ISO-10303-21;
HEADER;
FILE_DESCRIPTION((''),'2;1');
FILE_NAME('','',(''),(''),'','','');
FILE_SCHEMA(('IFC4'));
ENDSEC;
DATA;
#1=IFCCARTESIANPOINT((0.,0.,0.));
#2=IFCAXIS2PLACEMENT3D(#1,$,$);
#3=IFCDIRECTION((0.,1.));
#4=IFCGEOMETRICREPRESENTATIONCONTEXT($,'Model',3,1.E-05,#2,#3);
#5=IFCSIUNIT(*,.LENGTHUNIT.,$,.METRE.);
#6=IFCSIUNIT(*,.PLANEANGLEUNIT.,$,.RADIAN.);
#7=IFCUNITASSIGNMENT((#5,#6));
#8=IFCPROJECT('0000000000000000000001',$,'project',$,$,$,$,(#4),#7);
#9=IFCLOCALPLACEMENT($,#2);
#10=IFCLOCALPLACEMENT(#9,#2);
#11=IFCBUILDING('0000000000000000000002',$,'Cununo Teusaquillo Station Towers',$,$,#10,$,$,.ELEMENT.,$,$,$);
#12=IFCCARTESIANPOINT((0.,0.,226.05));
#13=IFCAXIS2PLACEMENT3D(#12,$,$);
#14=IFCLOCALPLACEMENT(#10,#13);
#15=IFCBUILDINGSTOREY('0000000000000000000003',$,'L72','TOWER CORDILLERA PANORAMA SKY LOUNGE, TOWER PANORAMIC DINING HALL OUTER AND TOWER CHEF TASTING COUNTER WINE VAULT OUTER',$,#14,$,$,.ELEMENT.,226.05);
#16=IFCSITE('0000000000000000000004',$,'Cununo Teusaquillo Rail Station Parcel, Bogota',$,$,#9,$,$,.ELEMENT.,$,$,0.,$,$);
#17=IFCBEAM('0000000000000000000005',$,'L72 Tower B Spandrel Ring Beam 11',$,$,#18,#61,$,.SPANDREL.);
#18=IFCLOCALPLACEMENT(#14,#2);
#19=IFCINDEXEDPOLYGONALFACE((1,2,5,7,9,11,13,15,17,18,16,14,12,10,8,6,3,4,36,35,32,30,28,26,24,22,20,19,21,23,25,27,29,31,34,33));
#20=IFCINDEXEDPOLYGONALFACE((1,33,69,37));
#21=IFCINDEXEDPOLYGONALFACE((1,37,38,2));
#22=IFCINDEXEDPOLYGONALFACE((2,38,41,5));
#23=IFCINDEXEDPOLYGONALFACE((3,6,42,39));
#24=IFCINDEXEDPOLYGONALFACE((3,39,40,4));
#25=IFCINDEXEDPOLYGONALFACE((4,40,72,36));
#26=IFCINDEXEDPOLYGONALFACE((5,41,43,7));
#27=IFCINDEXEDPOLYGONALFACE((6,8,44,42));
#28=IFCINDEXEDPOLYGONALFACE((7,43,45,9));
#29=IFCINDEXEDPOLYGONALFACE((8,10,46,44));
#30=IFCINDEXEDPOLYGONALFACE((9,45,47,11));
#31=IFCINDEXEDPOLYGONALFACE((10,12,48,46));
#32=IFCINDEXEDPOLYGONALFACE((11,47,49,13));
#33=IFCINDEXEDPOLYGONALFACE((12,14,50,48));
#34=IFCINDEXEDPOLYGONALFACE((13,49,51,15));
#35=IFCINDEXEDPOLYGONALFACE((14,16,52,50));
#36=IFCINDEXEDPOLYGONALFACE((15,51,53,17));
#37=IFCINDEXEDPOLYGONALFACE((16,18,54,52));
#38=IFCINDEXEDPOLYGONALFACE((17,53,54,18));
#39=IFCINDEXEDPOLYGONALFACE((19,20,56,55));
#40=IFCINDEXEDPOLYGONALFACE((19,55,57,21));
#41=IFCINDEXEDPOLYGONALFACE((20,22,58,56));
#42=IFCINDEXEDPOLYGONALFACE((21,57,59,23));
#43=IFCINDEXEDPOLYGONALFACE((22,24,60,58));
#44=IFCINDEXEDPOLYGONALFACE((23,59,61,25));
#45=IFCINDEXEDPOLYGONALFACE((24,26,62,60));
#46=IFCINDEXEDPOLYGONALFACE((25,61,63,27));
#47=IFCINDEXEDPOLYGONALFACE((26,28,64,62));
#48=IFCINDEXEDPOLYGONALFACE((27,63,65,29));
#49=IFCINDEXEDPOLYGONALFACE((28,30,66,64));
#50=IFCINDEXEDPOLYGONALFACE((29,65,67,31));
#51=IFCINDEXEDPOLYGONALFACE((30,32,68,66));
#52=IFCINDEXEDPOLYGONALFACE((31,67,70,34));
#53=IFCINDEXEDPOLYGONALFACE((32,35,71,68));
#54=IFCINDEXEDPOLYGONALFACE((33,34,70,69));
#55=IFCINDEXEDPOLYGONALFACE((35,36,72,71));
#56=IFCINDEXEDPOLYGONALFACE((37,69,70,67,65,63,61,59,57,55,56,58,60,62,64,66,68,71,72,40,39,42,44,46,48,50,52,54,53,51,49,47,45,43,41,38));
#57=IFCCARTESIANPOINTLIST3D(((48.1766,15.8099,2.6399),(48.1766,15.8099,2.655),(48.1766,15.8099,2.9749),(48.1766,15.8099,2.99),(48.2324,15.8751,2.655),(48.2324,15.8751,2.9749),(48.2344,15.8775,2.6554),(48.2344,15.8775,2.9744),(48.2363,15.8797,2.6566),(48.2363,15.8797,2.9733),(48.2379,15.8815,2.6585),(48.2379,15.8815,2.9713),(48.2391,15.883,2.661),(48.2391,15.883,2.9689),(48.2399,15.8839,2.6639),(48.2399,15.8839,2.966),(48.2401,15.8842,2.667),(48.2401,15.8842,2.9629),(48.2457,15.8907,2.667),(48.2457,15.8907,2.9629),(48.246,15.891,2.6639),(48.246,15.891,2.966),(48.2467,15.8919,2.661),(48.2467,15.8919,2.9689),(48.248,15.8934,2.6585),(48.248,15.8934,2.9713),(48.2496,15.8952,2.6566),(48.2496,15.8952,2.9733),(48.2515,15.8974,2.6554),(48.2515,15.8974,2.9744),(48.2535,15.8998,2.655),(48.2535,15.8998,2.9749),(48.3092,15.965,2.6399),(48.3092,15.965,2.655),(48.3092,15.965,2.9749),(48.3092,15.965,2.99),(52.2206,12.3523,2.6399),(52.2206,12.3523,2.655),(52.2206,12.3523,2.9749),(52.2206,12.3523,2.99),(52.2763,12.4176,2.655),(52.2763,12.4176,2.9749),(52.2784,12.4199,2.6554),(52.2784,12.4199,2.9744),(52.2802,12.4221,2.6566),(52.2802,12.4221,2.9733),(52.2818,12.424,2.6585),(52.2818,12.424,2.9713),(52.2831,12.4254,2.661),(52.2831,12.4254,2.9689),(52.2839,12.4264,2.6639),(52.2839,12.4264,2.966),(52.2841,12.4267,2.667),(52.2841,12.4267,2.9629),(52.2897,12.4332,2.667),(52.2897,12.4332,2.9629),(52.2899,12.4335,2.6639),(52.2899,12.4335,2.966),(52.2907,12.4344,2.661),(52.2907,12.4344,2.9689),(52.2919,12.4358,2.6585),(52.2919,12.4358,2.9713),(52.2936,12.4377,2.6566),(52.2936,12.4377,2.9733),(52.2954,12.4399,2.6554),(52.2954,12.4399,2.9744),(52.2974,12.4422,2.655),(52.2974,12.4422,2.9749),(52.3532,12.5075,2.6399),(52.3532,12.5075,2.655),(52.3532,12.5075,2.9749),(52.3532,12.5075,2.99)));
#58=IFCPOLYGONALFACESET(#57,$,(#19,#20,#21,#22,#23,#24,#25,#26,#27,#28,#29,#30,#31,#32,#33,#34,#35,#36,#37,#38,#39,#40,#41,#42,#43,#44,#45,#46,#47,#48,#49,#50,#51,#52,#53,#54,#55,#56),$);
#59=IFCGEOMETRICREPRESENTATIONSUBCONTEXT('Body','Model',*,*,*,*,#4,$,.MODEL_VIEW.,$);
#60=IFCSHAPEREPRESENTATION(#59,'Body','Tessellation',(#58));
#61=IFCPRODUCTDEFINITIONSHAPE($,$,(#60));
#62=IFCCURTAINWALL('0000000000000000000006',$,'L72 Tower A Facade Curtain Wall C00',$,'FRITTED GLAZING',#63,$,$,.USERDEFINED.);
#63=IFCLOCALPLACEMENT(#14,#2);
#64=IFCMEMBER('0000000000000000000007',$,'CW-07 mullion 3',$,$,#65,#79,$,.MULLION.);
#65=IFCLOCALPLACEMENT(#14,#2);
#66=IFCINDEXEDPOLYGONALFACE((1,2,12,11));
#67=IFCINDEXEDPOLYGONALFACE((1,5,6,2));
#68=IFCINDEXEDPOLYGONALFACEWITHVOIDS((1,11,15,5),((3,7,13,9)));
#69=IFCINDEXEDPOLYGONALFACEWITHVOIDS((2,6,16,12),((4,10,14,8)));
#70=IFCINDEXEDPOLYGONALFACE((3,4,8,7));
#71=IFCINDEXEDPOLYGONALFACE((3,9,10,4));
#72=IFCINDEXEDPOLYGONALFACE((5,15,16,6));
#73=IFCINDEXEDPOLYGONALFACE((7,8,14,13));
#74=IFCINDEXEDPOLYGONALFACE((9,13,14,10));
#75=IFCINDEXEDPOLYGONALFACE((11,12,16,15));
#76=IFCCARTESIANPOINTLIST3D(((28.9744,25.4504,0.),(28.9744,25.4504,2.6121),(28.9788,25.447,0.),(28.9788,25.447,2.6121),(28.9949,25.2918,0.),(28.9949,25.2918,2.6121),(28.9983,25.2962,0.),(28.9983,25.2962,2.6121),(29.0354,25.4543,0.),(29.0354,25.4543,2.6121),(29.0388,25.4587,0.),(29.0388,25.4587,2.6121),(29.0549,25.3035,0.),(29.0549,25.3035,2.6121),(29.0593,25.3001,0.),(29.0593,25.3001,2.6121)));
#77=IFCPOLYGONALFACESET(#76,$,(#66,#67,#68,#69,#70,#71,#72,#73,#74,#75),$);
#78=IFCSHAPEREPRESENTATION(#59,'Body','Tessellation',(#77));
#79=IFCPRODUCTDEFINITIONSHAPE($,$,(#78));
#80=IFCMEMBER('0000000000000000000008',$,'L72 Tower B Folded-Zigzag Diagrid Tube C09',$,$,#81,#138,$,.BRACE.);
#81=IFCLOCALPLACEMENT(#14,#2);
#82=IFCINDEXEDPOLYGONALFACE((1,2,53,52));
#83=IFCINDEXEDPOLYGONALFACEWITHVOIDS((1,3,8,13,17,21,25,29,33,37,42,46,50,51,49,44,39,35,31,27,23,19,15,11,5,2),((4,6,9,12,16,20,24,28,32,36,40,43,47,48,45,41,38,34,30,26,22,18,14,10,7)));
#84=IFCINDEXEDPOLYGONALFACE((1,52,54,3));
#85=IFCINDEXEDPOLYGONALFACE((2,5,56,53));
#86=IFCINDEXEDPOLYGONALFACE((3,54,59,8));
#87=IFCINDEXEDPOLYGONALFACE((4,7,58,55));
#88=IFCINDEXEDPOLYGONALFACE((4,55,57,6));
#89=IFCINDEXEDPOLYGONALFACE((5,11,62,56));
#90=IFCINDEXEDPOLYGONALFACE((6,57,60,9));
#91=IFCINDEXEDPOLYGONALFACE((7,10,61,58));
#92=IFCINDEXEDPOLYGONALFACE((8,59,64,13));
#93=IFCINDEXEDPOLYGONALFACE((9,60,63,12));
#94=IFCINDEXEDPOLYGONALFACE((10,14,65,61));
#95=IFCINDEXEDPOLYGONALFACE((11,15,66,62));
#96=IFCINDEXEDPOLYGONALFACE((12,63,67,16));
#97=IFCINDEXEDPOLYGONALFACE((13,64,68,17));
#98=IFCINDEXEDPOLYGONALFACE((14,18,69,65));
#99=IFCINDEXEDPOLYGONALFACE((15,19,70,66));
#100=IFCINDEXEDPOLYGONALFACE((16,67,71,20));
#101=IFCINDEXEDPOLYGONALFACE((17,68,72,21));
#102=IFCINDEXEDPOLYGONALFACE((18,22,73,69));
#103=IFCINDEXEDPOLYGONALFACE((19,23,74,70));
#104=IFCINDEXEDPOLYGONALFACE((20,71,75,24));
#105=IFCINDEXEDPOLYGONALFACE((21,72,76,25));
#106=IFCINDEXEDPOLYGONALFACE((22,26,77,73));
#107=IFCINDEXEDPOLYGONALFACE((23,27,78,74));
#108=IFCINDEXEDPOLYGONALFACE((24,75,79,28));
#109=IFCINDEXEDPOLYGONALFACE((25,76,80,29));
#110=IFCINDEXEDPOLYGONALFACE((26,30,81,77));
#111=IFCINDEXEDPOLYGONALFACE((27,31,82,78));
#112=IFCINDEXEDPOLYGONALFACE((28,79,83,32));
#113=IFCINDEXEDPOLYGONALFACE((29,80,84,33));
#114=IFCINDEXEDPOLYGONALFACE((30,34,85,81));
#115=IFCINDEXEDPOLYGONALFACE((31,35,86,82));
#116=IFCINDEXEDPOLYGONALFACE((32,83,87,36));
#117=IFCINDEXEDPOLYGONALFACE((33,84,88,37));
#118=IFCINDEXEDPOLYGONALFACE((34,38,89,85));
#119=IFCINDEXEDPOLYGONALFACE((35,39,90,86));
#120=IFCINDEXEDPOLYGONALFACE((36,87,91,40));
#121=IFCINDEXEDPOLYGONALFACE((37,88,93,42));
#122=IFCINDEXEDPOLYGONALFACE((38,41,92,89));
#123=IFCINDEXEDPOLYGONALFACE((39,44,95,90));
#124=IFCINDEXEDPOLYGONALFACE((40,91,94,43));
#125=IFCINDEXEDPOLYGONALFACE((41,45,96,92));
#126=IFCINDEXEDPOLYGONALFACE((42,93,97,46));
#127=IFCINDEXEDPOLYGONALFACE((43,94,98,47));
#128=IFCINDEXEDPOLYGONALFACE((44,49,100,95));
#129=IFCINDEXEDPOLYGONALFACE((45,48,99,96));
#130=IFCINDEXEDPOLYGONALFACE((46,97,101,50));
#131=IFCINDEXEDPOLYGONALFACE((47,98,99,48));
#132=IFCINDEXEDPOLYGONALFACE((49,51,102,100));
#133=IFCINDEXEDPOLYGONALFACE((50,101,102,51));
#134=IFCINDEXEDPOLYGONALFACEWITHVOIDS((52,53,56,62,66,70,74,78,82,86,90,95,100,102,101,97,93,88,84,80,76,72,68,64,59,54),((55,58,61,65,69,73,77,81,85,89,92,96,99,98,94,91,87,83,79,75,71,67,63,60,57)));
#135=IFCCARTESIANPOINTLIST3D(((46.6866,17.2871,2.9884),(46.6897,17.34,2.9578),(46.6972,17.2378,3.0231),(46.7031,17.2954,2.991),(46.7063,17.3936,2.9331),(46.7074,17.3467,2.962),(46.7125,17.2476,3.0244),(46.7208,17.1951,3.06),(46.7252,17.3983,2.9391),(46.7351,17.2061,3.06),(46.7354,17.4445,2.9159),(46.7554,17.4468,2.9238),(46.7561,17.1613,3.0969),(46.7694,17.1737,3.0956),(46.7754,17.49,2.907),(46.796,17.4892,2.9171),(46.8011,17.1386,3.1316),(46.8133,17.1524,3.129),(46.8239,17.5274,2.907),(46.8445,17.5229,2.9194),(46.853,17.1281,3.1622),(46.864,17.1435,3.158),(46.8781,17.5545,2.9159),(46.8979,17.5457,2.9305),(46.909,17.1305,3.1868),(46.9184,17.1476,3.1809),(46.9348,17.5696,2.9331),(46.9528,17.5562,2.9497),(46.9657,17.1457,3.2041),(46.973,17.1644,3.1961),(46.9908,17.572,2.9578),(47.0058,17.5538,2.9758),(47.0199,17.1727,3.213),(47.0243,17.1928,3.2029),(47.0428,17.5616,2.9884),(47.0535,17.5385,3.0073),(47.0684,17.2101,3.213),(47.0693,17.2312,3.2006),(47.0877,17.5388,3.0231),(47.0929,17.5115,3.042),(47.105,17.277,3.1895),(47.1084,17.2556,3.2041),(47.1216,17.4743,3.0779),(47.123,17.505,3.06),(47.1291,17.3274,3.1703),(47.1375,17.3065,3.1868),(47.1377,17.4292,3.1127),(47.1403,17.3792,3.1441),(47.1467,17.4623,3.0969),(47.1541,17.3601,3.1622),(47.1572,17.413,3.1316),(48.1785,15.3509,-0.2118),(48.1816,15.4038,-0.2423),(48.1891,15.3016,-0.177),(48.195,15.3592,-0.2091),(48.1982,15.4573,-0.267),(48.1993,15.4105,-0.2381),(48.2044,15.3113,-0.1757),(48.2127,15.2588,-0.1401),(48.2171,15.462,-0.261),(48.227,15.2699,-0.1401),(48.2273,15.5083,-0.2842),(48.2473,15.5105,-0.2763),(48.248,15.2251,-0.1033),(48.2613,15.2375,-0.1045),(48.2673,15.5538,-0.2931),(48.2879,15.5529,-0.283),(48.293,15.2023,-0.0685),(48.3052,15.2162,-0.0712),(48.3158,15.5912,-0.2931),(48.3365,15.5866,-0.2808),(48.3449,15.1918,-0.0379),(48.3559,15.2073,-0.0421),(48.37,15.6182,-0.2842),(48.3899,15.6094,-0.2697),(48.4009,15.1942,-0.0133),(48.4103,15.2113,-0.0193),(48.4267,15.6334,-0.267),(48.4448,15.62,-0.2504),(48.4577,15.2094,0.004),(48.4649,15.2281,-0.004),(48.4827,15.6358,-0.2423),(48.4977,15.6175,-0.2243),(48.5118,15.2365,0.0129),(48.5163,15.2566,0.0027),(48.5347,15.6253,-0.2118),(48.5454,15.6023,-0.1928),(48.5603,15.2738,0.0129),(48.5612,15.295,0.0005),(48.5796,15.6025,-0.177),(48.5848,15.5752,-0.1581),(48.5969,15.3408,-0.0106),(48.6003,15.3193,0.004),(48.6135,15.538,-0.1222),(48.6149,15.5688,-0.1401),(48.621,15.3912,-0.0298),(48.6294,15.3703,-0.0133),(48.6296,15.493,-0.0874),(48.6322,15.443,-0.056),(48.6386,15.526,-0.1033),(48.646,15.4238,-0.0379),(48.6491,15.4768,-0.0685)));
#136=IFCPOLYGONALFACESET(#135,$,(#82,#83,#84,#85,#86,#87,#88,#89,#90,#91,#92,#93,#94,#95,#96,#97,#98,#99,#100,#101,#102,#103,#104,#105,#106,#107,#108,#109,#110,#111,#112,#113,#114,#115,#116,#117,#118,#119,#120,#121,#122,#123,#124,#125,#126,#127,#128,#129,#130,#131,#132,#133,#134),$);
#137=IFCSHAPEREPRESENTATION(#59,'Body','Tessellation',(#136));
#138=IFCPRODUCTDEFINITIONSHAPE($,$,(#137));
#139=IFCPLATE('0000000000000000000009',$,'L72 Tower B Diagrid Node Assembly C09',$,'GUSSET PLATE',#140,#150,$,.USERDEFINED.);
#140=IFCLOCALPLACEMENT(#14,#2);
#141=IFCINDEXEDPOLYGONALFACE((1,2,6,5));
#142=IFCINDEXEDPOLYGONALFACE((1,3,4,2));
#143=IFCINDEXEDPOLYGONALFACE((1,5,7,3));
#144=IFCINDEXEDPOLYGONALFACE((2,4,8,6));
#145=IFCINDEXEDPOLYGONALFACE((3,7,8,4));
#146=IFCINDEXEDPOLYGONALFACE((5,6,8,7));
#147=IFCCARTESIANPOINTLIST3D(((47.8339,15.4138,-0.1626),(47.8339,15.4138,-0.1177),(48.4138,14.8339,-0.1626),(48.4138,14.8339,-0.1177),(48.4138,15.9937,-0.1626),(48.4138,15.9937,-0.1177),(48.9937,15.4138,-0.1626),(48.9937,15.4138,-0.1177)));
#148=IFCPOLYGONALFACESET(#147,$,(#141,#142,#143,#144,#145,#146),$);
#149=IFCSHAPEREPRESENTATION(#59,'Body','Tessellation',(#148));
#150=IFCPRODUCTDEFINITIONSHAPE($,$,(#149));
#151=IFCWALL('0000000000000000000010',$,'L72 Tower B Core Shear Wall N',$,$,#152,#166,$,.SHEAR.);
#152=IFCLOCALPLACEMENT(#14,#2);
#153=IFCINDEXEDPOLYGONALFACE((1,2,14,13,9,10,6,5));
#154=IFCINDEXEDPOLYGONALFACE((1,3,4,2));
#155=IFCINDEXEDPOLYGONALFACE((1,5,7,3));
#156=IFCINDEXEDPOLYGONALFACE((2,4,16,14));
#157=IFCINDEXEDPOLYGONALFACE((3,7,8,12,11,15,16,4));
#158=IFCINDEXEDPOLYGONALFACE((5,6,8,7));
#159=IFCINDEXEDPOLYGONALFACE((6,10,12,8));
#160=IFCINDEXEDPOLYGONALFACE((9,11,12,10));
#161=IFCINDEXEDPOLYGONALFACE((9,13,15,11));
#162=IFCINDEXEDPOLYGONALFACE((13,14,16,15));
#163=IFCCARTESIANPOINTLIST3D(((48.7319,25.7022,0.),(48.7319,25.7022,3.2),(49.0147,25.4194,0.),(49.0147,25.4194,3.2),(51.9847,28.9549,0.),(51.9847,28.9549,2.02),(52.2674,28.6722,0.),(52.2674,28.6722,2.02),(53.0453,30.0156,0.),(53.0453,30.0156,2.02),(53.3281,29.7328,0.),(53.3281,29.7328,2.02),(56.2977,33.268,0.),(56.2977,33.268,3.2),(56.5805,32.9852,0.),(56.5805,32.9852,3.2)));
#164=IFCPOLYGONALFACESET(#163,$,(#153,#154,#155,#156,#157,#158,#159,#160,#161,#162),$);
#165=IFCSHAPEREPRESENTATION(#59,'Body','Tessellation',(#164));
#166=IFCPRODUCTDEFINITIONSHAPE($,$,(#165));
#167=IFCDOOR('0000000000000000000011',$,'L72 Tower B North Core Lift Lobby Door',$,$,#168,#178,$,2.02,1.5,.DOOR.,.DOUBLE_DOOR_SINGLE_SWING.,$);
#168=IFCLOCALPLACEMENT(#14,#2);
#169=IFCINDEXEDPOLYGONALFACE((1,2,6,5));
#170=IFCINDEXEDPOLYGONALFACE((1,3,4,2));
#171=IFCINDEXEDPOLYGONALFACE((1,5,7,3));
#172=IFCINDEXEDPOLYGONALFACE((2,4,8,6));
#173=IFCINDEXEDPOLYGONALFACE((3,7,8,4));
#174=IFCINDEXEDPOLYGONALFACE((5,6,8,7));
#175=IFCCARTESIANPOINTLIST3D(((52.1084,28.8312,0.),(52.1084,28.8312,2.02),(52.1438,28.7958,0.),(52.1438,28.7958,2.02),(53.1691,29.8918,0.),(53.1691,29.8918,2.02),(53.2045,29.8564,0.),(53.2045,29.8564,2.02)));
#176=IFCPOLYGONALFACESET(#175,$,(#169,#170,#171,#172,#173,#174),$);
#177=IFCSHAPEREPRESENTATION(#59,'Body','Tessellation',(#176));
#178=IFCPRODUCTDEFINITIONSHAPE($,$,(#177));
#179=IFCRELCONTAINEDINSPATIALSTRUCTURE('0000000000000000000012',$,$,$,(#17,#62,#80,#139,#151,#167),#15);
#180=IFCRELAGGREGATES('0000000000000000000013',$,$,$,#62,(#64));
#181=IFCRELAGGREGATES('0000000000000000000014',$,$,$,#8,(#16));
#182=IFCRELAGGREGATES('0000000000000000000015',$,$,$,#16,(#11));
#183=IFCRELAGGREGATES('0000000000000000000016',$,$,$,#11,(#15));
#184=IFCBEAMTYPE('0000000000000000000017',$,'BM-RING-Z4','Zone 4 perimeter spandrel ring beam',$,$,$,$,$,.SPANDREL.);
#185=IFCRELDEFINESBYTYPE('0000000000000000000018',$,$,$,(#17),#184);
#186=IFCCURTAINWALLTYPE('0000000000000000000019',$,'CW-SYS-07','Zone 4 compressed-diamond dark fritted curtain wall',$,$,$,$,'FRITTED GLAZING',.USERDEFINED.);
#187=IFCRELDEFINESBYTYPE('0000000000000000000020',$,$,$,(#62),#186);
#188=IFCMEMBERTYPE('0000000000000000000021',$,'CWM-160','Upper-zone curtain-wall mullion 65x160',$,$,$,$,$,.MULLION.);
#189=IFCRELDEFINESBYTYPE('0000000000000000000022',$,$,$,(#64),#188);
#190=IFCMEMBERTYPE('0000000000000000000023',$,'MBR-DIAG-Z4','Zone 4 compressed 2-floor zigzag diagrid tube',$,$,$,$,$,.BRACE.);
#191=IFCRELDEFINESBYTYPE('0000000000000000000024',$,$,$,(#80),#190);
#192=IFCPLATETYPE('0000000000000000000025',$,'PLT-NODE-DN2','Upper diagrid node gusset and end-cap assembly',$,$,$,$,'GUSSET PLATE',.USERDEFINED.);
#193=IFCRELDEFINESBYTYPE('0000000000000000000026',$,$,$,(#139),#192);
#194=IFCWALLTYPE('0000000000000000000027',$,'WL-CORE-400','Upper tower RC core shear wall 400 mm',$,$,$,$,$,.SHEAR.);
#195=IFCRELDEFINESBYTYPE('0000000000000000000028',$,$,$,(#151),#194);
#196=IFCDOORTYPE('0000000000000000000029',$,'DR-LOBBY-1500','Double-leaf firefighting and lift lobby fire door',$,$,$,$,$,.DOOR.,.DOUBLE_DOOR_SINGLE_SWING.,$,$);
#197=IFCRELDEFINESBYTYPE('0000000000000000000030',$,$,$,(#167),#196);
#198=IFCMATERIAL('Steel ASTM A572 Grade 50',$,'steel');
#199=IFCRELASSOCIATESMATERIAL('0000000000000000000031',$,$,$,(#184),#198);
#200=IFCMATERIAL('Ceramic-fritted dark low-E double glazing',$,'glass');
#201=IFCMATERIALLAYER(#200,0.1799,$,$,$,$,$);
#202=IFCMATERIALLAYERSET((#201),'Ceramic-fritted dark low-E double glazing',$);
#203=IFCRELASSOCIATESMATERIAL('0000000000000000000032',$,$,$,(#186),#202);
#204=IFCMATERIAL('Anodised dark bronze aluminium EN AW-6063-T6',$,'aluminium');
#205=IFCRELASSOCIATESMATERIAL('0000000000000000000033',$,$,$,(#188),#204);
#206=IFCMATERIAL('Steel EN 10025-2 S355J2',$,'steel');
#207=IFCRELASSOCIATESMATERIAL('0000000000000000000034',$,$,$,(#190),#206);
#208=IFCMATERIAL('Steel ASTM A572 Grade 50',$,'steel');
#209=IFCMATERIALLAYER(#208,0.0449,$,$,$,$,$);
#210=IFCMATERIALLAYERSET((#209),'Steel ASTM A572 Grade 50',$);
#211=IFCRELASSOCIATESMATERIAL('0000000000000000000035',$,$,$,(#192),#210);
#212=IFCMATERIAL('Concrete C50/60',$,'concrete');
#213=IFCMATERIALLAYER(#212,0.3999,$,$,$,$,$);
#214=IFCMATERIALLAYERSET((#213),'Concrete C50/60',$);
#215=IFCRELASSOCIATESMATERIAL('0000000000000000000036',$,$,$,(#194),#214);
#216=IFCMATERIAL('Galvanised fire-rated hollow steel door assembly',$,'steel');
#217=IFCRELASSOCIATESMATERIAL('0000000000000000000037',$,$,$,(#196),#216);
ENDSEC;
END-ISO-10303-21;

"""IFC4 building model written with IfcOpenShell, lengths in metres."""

from ifc_helpers import new_model, si_unit, direction, frame, frame_2d, origin, origin_2d, place, context, subcontext, project, spatial, rectangle, hollow_rectangle, hollow_circle, i_section, extrude, source, transform, mapped, material, layer, layer_set, material_profile, profile_set, type_object, element, fill, aggregate, save


model = new_model("IFC4")

# Units and contexts
model_context = context("Model", 3, precision=1e-05, world=origin(), true_north=direction((0.0, 1.0)))
body_context = subcontext(model_context, "Body", "Model", "MODEL_VIEW")
ifc_project = project(units=[si_unit("LENGTHUNIT", "METRE"), si_unit("PLANEANGLEUNIT", "RADIAN")], contexts=[model_context])

# Site, building, storey
site_placement = place(None, origin())
site = spatial("IfcSite", under=ifc_project, at=site_placement, Name="Cununo Teusaquillo Rail Station Parcel, Bogota", CompositionType="ELEMENT", RefElevation=0.0)
building_placement = place(site_placement, origin())
building = spatial("IfcBuilding", under=site, at=building_placement, Name="Cununo Teusaquillo Station Towers", CompositionType="ELEMENT")
storey_placement = place(building_placement, frame((0.0, 0.0, 226.05)))
storey = spatial("IfcBuildingStorey", under=building, at=storey_placement, Name="L72", Description="TOWER CORDILLERA PANORAMA SKY LOUNGE, TOWER PANORAMIC DINING HALL OUTER AND TOWER CHEF TASTING COUNTER WINE VAULT OUTER", CompositionType="ELEMENT", Elevation=226.05)

# Beam
ifc_material_1 = material(Name="Steel ASTM A572 Grade 50", Category="steel")
ifc_material_profile_1 = material_profile(ifc_material_1, i_section(OverallWidth=0.2041, OverallDepth=0.3501, WebThickness=0.0085, FlangeThickness=0.0151, FilletRadius=0.012, at=origin_2d()), Name="W14X48")
ifc_profile_set_1 = profile_set([ifc_material_profile_1], Name="Steel ASTM A572 Grade 50")
beam_type_1 = type_object("IfcBeamType", Name="BM-RING-Z4", Description="Zone 4 perimeter spandrel ring beam", PredefinedType="SPANDREL", material=ifc_profile_set_1)
beam_1_placement = place(storey_placement, frame((48.2429, 15.8875, 2.8149), z_axis=(0.760066, -0.649846, 0.0), x_axis=(0.649846, 0.760066, 0.0)))
element("IfcBeam", 1, at=beam_1_placement, inside=storey, type_object=beam_type_1, Name="L72 Tower B Spandrel Ring Beam 11", PredefinedType="SPANDREL", context=body_context, shape_type="SweptSolid", body=[
    extrude(i_section(OverallWidth=0.2041, OverallDepth=0.3501, WebThickness=0.0085, FlangeThickness=0.0151, FilletRadius=0.012, at=origin_2d()), origin(), (0.0, 0.0, 1.0), 5.3206),
])

# Curtain wall, member
ifc_material_2 = material(Name="Ceramic-fritted dark low-E double glazing", Category="glass")
ifc_layer_1 = layer(ifc_material_2, 0.1799)
ifc_layer_set_1 = layer_set([ifc_layer_1], Name="Ceramic-fritted dark low-E double glazing")
curtain_wall_type = type_object("IfcCurtainWallType", Name="CW-SYS-07", Description="Zone 4 compressed-diamond dark fritted curtain wall", ElementType="FRITTED GLAZING", PredefinedType="USERDEFINED", material=ifc_layer_set_1)
curtain_wall_placement = place(storey_placement, origin())
curtain_wall = element("IfcCurtainWall", 2, at=curtain_wall_placement, inside=storey, type_object=curtain_wall_type, Name="L72 Tower A Facade Curtain Wall C00", ObjectType="FRITTED GLAZING", PredefinedType="USERDEFINED")
ifc_material_3 = material(Name="Anodised dark bronze aluminium EN AW-6063-T6", Category="aluminium")
ifc_material_profile_2 = material_profile(ifc_material_3, hollow_rectangle(XDim=0.0649, YDim=0.1599, WallThickness=0.0039, at=origin_2d()), Name="CW-MULL-65x160")
ifc_profile_set_2 = profile_set([ifc_material_profile_2], Name="Anodised dark bronze aluminium EN AW-6063-T6")
member_type_1 = type_object("IfcMemberType", Name="CWM-160", Description="Upper-zone curtain-wall mullion 65x160", PredefinedType="MULLION", material=ifc_profile_set_2)
member_1_placement = place(storey_placement, frame((29.0168, 25.3752, 0.0), z_axis=(0.0, 0.0, 1.0), x_axis=(0.991742, 0.128253, 0.0)))
member_1 = element("IfcMember", 3, at=member_1_placement, type_object=member_type_1, Name="CW-07 mullion 3", PredefinedType="MULLION", context=body_context, shape_type="SweptSolid", body=[
    extrude(hollow_rectangle(XDim=0.0649, YDim=0.1599, WallThickness=0.0039, at=origin_2d()), origin(), (0.0, 0.0, 1.0), 2.6121),
])
aggregate(curtain_wall, [member_1])

# Member
ifc_material_4 = material(Name="Steel EN 10025-2 S355J2", Category="steel")
ifc_material_profile_3 = material_profile(ifc_material_4, hollow_circle(Radius=0.2539, WallThickness=0.0181, at=origin_2d()), Name="CHS 508x18")
ifc_profile_set_3 = profile_set([ifc_material_profile_3], Name="Steel EN 10025-2 S355J2")
member_type_2 = type_object("IfcMemberType", Name="MBR-DIAG-Z4", Description="Zone 4 compressed 2-floor zigzag diagrid tube", PredefinedType="BRACE", material=ifc_profile_set_3)
member_2_placement = place(storey_placement, frame((48.4138, 15.4138, -0.1401), z_axis=(-0.37049, 0.48083, 0.794695), x_axis=(-0.79213, -0.610353, 0.0)))
element("IfcMember", 4, at=member_2_placement, inside=storey, type_object=member_type_2, Name="L72 Tower B Folded-Zigzag Diagrid Tube C09", PredefinedType="BRACE", context=body_context, shape_type="SweptSolid", body=[
    extrude(hollow_circle(Radius=0.2539, WallThickness=0.0181, at=origin_2d()), origin(), (0.0, 0.0, 1.0), 4.0269),
])

# Plate
ifc_material_5 = material(Name="Steel ASTM A572 Grade 50", Category="steel")
ifc_layer_2 = layer(ifc_material_5, 0.0449)
ifc_layer_set_2 = layer_set([ifc_layer_2], Name="Steel ASTM A572 Grade 50")
plate_type = type_object("IfcPlateType", Name="PLT-NODE-DN2", Description="Upper diagrid node gusset and end-cap assembly", ElementType="GUSSET PLATE", PredefinedType="USERDEFINED", material=ifc_layer_set_2)
shared_shape_1 = source(origin(), body_context, "Body", "SweptSolid", [
    extrude(rectangle(XDim=0.8201, YDim=0.8201, at=origin_2d()), origin(), (0.0, 0.0, 1.0), 0.0449),
])
plate_placement = place(storey_placement, frame((48.4138, 15.4138, -0.1626), z_axis=(0.0, 0.0, 1.0), x_axis=(0.707107, 0.707107, 0.0)))
element("IfcPlate", 5, at=plate_placement, inside=storey, type_object=plate_type, Name="L72 Tower B Diagrid Node Assembly C09", ObjectType="GUSSET PLATE", PredefinedType="USERDEFINED", context=body_context, shape_type="MappedRepresentation", body=[
    mapped(shared_shape_1, transform((0.0, 0.0, 0.0), x_axis=(1.0, 0.0, 0.0), y_axis=(0.0, 1.0, 0.0), z_axis=(0.0, 0.0, 1.0), scale=1.0)),
])

# Wall, opening, door
ifc_material_6 = material(Name="Concrete C50/60", Category="concrete")
ifc_layer_3 = layer(ifc_material_6, 0.3999)
ifc_layer_set_3 = layer_set([ifc_layer_3], Name="Concrete C50/60")
wall_type_1 = type_object("IfcWallType", Name="WL-CORE-400", Description="Upper tower RC core shear wall 400 mm", PredefinedType="SHEAR", material=ifc_layer_set_3)
wall_1_placement = place(storey_placement, frame((48.8733, 25.5608, 0.0), z_axis=(0.0, 0.0, 1.0), x_axis=(0.707107, 0.707107, 0.0)))
wall_1 = element("IfcWall", 6, at=wall_1_placement, inside=storey, type_object=wall_type_1, Name="L72 Tower B Core Shear Wall N", PredefinedType="SHEAR", context=body_context, shape_type="SweptSolid", body=[
    extrude(rectangle(XDim=10.6997, YDim=0.3999, at=frame_2d((5.3499, 0.0))), origin(), (0.0, 0.0, 1.0), 3.2),
])
shared_shape_2 = source(origin(), body_context, "Body", "SweptSolid", [
    extrude(rectangle(XDim=1.5, YDim=2.02, at=frame_2d((0.75, 1.01))), frame((0.0, 0.21, 0.0), z_axis=(0.0, -1.0, 0.0), x_axis=(1.0, 0.0, 0.0)), (0.0, 0.0, 1.0), 0.4199),
])
opening_1_placement = place(wall_1_placement, frame((4.6001, 0.0, 0.0)))
opening_1 = element("IfcOpeningElement", 7, at=opening_1_placement, cuts=wall_1, PredefinedType="OPENING", context=body_context, shape_type="MappedRepresentation", body=[
    mapped(shared_shape_2, transform((0.0, 0.0, 0.0), x_axis=(1.0, 0.0, 0.0), y_axis=(0.0, 1.0, 0.0), z_axis=(0.0, 0.0, 1.0), scale=1.0)),
])
ifc_material_7 = material(Name="Galvanised fire-rated hollow steel door assembly", Category="steel")
door_type_1 = type_object("IfcDoorType", Name="DR-LOBBY-1500", Description="Double-leaf firefighting and lift lobby fire door", OperationType="DOUBLE_DOOR_SINGLE_SWING", PredefinedType="DOOR", material=ifc_material_7)
shared_shape_3 = source(origin(), body_context, "Body", "SweptSolid", [
    extrude(rectangle(XDim=1.5, YDim=2.02, at=frame_2d((0.75, 1.01))), frame((0.0, 0.0249, 0.0), z_axis=(0.0, -1.0, 0.0), x_axis=(1.0, 0.0, 0.0)), (0.0, 0.0, 1.0), 0.05),
])
door_1_placement = place(opening_1_placement, origin())
door_1 = element("IfcDoor", 8, at=door_1_placement, inside=storey, type_object=door_type_1, Name="L72 Tower B North Core Lift Lobby Door", OperationType="DOUBLE_DOOR_SINGLE_SWING", OverallHeight=2.02, OverallWidth=1.5, PredefinedType="DOOR", context=body_context, shape_type="MappedRepresentation", body=[
    mapped(shared_shape_3, transform((0.0, 0.0, 0.0), x_axis=(1.0, 0.0, 0.0), y_axis=(0.0, 1.0, 0.0), z_axis=(0.0, 0.0, 1.0), scale=1.0)),
])
fill(opening_1, door_1)

save(model, "model.ifc")
